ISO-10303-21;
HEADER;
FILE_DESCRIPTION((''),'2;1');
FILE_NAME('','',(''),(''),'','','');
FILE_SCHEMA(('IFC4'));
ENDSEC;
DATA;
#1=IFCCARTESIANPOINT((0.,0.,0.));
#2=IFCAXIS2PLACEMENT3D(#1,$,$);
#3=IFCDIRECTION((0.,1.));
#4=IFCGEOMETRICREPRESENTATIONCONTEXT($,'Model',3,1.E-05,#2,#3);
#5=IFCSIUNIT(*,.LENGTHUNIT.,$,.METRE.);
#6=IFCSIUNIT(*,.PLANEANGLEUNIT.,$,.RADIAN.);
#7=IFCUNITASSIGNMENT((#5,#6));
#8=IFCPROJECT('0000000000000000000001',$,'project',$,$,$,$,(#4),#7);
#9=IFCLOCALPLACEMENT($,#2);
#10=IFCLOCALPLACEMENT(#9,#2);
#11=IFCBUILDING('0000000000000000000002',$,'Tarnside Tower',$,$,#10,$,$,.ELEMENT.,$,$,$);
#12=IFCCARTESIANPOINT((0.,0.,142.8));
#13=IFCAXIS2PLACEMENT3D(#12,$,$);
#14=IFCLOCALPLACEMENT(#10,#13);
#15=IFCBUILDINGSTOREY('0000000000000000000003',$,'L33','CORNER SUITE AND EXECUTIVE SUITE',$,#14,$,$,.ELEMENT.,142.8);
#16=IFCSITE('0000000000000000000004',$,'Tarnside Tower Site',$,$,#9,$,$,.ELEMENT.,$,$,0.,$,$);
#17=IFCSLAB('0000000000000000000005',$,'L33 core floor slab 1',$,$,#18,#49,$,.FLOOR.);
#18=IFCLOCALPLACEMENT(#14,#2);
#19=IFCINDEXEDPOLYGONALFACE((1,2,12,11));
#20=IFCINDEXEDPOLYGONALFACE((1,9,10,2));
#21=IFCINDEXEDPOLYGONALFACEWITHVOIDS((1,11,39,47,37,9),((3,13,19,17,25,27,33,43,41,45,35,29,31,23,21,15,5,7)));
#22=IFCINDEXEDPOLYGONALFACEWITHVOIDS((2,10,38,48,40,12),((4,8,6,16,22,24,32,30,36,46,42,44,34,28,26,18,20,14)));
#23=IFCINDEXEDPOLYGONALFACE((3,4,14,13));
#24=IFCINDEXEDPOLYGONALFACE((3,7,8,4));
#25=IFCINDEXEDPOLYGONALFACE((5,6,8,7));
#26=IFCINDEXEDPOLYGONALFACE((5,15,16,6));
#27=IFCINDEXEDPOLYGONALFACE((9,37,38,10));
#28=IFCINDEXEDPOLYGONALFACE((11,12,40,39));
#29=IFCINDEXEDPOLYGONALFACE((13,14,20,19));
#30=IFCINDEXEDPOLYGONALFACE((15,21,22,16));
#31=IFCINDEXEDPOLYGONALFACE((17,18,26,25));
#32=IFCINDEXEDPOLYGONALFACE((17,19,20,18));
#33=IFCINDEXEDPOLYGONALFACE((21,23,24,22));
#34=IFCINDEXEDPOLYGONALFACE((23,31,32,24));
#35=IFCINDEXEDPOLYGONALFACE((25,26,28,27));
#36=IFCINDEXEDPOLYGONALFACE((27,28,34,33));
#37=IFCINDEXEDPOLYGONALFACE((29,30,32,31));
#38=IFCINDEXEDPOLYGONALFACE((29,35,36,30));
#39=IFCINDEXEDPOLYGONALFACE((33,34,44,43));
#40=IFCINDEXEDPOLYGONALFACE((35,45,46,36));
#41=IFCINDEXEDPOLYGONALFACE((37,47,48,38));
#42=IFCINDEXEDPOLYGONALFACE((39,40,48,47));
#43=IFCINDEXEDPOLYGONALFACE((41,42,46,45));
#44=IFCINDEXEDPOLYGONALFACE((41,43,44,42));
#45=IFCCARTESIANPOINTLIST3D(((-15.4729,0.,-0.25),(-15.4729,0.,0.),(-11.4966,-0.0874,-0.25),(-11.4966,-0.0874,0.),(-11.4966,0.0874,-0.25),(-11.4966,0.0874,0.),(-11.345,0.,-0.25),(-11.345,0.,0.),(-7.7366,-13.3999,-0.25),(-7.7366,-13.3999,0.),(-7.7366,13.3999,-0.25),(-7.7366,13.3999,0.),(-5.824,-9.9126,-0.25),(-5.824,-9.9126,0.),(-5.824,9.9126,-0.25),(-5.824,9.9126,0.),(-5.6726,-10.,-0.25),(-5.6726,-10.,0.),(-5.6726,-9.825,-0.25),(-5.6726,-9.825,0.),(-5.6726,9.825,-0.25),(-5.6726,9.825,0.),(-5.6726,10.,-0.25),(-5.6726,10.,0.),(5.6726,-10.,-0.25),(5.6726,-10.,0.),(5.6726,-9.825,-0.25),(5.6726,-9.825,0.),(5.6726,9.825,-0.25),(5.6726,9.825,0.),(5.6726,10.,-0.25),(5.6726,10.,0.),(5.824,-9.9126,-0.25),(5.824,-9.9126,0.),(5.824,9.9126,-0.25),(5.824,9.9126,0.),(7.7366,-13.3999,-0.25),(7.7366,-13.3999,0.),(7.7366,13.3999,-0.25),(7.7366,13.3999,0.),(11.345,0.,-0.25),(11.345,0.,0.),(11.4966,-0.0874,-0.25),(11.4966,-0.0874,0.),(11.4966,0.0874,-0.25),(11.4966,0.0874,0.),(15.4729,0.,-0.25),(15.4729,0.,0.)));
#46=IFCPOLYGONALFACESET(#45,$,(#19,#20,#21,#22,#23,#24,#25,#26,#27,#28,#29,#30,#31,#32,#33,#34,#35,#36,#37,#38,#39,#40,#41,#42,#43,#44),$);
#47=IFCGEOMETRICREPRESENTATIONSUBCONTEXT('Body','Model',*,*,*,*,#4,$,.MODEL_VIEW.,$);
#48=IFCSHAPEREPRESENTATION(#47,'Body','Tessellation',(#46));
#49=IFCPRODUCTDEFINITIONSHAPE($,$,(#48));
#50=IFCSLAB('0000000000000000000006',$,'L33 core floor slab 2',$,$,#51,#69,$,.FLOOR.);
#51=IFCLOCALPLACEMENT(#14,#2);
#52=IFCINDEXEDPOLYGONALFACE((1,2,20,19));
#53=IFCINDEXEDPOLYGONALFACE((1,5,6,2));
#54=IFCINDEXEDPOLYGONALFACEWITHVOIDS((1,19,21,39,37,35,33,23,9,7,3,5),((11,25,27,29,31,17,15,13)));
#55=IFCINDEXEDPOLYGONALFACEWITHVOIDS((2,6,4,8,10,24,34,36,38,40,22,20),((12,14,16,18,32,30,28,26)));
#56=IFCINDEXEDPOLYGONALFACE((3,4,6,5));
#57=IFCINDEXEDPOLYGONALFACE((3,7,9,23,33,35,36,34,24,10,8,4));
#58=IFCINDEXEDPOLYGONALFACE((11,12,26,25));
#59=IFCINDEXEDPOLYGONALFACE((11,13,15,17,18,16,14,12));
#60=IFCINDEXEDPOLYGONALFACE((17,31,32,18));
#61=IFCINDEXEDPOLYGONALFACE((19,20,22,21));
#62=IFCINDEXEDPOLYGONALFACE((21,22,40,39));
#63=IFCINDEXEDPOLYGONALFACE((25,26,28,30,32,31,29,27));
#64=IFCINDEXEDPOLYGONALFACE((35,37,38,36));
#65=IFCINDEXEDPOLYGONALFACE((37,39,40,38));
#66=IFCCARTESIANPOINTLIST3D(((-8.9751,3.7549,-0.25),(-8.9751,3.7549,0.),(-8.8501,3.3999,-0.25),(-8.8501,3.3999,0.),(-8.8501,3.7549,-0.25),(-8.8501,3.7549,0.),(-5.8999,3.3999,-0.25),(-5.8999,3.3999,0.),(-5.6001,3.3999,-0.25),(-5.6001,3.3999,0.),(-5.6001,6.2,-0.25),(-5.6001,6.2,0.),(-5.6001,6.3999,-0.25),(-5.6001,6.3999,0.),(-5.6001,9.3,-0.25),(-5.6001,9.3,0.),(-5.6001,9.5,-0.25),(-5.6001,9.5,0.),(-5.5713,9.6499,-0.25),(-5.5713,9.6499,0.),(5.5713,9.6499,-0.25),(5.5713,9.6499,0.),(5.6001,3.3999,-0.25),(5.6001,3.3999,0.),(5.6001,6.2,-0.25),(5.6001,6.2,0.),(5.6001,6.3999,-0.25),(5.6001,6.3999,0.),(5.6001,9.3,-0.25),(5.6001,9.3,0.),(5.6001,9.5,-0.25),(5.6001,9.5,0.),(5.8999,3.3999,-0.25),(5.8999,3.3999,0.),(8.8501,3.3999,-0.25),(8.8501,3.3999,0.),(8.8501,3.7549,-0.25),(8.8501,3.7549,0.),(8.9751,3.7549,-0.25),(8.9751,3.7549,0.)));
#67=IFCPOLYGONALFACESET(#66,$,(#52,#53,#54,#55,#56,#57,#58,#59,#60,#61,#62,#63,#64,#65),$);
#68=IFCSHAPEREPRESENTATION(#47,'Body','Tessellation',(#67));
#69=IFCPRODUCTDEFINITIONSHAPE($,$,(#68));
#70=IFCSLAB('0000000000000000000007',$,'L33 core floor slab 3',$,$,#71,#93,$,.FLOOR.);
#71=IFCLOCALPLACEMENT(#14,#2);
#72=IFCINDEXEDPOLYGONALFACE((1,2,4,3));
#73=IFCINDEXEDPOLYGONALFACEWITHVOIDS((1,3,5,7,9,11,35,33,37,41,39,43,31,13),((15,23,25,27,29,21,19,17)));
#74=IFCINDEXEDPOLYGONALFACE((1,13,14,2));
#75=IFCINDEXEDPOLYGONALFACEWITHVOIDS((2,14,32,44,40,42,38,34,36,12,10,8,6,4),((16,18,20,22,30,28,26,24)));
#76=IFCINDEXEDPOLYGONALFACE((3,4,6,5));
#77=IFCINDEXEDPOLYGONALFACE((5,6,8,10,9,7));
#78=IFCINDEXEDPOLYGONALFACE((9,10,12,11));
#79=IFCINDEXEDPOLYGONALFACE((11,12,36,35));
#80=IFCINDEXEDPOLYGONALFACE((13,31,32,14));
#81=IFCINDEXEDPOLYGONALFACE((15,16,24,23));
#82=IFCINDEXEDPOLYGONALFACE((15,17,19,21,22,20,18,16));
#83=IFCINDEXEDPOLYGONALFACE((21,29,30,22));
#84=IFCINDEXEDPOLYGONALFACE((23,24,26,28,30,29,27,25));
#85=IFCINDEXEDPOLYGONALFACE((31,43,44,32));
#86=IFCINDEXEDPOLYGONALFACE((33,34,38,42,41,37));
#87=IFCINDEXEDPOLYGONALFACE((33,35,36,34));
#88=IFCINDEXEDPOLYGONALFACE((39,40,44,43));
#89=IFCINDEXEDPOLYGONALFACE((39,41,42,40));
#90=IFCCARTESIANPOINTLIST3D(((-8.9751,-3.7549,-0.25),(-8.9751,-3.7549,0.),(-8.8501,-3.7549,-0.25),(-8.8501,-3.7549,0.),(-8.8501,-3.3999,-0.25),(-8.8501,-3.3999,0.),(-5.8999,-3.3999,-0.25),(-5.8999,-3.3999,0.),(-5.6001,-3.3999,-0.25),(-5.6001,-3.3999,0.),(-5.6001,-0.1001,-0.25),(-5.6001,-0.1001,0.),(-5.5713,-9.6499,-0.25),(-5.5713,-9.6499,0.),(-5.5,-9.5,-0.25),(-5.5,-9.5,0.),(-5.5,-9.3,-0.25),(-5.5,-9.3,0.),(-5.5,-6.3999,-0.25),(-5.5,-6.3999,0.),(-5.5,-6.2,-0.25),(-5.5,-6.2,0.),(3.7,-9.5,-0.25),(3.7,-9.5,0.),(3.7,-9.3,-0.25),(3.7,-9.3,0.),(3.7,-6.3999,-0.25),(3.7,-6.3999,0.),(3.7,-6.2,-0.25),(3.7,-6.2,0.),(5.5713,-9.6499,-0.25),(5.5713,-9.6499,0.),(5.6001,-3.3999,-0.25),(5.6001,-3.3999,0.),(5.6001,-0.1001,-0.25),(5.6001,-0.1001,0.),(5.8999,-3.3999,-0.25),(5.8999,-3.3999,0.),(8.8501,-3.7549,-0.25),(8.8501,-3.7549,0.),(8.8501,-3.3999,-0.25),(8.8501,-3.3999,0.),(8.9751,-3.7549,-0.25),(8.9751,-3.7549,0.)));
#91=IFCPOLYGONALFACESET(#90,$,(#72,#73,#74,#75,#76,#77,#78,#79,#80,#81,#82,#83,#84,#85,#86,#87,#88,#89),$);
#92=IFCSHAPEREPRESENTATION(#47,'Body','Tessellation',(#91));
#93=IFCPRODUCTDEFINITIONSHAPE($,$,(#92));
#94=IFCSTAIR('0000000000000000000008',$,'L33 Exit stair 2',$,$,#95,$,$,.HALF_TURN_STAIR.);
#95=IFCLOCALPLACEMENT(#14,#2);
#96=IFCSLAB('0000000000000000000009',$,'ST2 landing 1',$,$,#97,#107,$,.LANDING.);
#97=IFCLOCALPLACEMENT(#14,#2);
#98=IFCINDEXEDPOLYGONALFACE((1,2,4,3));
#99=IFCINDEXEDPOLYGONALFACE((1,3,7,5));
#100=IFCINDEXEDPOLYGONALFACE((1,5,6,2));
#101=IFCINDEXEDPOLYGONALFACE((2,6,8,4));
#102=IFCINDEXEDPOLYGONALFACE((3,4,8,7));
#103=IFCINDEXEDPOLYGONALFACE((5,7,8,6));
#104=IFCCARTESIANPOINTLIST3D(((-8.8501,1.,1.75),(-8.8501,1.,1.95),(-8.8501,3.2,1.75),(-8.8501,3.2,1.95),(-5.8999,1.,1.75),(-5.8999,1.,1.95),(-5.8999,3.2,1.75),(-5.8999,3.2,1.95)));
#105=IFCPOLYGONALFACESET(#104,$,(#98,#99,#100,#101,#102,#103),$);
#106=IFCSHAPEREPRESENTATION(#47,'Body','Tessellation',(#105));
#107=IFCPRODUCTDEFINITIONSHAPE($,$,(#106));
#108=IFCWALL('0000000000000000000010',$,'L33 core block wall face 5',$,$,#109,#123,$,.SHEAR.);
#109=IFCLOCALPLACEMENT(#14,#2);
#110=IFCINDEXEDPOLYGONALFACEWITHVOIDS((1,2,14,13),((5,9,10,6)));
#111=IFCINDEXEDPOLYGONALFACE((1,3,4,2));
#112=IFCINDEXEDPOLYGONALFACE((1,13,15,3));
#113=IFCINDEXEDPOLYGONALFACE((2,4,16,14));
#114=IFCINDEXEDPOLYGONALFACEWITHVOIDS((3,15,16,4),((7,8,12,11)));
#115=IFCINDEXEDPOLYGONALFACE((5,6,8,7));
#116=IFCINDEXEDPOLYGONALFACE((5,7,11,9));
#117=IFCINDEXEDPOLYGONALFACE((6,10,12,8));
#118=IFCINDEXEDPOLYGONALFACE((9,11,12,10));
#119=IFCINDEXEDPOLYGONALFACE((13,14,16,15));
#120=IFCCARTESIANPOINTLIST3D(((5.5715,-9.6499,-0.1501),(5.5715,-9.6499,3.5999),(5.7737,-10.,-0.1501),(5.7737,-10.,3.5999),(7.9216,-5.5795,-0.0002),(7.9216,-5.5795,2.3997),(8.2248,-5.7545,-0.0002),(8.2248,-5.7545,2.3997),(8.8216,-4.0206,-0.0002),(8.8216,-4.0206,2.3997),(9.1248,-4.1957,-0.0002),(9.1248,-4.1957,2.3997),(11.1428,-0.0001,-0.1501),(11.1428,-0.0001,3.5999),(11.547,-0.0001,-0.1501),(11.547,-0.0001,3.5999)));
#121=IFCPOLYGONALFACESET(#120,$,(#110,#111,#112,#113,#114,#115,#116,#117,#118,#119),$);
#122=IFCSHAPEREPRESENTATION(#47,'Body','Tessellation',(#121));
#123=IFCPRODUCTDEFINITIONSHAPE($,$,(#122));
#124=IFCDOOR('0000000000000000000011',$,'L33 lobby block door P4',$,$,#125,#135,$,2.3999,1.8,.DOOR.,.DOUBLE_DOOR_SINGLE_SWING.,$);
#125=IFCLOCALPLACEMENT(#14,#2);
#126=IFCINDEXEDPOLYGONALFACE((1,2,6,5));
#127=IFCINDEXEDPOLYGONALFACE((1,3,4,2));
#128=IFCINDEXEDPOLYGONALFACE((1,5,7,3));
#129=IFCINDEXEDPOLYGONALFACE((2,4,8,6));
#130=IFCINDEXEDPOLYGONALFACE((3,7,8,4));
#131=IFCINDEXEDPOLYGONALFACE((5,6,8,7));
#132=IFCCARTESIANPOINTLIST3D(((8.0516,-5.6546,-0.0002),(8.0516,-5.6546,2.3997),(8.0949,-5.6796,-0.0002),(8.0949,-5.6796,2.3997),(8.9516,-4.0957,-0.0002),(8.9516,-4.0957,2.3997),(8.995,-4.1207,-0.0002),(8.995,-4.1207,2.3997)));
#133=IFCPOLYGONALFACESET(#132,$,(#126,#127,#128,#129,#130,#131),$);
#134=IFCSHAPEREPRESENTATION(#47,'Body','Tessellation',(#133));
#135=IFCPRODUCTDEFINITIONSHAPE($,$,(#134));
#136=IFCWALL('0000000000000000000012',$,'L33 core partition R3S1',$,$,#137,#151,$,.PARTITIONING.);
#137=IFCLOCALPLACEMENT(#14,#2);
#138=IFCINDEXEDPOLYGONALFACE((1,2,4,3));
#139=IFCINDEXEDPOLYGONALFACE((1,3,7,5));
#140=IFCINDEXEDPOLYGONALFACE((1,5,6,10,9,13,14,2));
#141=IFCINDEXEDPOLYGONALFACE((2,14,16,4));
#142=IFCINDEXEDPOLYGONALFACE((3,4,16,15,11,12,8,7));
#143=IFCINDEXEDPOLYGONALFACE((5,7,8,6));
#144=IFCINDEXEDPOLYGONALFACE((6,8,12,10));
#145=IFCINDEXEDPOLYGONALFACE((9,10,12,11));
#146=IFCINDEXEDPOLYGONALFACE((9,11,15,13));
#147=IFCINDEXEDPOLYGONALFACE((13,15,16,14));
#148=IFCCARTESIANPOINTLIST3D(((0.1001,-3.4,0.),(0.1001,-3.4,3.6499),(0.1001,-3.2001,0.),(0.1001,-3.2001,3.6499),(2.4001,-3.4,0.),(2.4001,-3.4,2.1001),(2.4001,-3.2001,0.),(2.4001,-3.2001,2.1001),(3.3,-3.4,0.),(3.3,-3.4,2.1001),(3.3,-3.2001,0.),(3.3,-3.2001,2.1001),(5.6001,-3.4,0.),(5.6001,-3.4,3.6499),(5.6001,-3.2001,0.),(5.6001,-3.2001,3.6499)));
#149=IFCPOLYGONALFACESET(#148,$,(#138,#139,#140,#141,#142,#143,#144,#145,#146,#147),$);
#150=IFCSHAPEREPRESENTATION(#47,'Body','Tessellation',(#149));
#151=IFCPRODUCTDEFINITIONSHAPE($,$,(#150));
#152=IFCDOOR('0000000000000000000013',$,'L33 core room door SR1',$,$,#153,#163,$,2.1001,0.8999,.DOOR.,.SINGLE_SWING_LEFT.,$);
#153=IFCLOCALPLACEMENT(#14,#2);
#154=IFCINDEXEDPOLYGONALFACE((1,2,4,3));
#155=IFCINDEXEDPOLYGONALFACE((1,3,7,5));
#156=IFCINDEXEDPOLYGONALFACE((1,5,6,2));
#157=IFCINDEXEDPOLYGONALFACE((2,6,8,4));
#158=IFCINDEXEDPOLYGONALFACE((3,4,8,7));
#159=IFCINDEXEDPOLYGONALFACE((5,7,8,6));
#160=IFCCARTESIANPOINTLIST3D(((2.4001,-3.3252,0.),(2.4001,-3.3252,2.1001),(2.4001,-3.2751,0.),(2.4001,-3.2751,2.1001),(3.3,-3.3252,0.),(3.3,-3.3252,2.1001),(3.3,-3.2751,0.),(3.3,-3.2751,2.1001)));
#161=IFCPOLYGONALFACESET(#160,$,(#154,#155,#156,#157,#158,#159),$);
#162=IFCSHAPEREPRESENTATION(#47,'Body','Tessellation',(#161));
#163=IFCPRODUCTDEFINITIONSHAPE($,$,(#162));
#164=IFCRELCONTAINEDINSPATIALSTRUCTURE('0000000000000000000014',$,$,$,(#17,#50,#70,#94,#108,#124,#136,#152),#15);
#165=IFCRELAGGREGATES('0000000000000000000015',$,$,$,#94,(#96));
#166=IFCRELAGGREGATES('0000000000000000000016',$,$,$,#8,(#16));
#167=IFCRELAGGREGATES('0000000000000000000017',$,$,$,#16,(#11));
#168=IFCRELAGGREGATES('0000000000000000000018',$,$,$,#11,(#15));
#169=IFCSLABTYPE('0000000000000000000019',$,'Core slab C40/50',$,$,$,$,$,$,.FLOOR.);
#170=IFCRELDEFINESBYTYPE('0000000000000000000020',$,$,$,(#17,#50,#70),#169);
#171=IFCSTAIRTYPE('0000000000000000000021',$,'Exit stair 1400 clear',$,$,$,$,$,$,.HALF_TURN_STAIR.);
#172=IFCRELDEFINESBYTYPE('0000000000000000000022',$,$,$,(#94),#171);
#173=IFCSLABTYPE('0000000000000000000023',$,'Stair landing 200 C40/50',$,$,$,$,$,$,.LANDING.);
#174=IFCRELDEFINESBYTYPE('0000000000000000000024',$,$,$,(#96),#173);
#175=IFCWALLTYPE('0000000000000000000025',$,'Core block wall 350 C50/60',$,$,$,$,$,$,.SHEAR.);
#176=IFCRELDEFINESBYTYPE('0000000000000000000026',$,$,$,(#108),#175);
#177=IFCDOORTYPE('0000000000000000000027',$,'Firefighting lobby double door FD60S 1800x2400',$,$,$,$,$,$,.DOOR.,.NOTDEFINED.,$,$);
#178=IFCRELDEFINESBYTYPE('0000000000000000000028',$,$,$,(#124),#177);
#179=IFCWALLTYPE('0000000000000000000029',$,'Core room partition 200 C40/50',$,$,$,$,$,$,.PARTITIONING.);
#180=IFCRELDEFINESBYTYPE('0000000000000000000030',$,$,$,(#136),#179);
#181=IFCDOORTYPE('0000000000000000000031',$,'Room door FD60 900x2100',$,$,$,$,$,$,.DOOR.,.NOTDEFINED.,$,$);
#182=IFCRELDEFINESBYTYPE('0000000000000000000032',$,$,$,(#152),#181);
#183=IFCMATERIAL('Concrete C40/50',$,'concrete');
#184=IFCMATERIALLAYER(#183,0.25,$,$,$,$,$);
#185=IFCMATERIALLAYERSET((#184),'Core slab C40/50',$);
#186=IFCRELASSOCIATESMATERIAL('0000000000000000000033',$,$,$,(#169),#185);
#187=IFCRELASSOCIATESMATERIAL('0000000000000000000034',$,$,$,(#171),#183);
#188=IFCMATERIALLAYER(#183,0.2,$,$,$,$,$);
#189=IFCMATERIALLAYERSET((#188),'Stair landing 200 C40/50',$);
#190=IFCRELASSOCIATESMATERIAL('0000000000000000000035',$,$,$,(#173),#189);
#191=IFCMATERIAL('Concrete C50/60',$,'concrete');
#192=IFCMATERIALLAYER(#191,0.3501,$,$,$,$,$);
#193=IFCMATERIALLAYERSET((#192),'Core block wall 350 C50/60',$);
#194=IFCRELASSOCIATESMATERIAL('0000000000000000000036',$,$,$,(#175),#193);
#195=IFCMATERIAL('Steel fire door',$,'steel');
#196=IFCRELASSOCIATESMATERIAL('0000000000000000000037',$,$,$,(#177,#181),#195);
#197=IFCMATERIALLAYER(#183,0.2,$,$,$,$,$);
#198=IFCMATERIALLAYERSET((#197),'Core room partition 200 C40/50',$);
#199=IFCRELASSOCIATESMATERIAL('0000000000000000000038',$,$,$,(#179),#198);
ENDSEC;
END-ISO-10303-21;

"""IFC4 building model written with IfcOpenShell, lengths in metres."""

from ifc_helpers import new_model, si_unit, direction, frame, frame_2d, origin, place, context, subcontext, project, spatial, polyline, rectangle, outline, extrude, material, layer, layer_set, type_object, element, fill, aggregate, save


model = new_model("IFC4")

# Units and contexts
model_context = context("Model", 3, precision=1e-05, world=origin(), true_north=direction((0.0, 1.0)))
body_context = subcontext(model_context, "Body", "Model", "MODEL_VIEW")
ifc_project = project(units=[si_unit("LENGTHUNIT", "METRE"), si_unit("PLANEANGLEUNIT", "RADIAN")], contexts=[model_context])

# Site, building, storey
site_placement = place(None, origin())
site = spatial("IfcSite", under=ifc_project, at=site_placement, Name="Tarnside Tower Site", CompositionType="ELEMENT", RefElevation=0.0)
building_placement = place(site_placement, origin())
building = spatial("IfcBuilding", under=site, at=building_placement, Name="Tarnside Tower", CompositionType="ELEMENT")
storey_placement = place(building_placement, frame((0.0, 0.0, 142.8)))
storey = spatial("IfcBuildingStorey", under=building, at=storey_placement, Name="L33", Description="CORNER SUITE AND EXECUTIVE SUITE", CompositionType="ELEMENT", Elevation=142.8)

# Slabs
ifc_material_1 = material(Name="Concrete C40/50", Category="concrete")
ifc_layer_1 = layer(ifc_material_1, 0.25)
ifc_layer_set_1 = layer_set([ifc_layer_1], Name="Core slab C40/50")
slab_type_1 = type_object("IfcSlabType", Name="Core slab C40/50", PredefinedType="FLOOR", material=ifc_layer_set_1)
slab_1_placement = place(storey_placement, frame((0.0, 0.0, -0.25)))
element("IfcSlab", 1, at=slab_1_placement, inside=storey, type_object=slab_type_1, Name="L33 core floor slab 1", PredefinedType="FLOOR", context=body_context, shape_type="SweptSolid", body=[
    extrude(outline(polyline([(-15.4729, 0.0), (-7.7366, 13.3999), (7.7366, 13.3999), (15.4729, 0.0), (7.7366, -13.3999), (-7.7366, -13.3999), (-15.4729, 0.0)]), holes=[polyline([(5.824, -9.9126), (11.4966, -0.0874), (11.345, 0.0), (11.4966, 0.0874), (5.824, 9.9126), (5.6726, 9.825), (5.6726, 10.0), (-5.6726, 10.0), (-5.6726, 9.825), (-5.824, 9.9126), (-11.4966, 0.0874), (-11.345, 0.0), (-11.4966, -0.0874), (-5.824, -9.9126), (-5.6726, -9.825), (-5.6726, -10.0), (5.6726, -10.0), (5.6726, -9.825), (5.824, -9.9126)])]), origin(), (0.0, 0.0, 1.0), 0.25),
])
slab_2_placement = place(storey_placement, frame((0.0, 0.0, -0.25)))
element("IfcSlab", 2, at=slab_2_placement, inside=storey, type_object=slab_type_1, Name="L33 core floor slab 2", PredefinedType="FLOOR", context=body_context, shape_type="SweptSolid", body=[
    extrude(outline(polyline([(-8.9751, 3.7549), (-5.5713, 9.6499), (5.5713, 9.6499), (8.9751, 3.7549), (8.8501, 3.7549), (8.8501, 3.3999), (5.8999, 3.3999), (5.6001, 3.3999), (5.6001, 3.3999), (-5.6001, 3.3999), (-5.8999, 3.3999), (-8.8501, 3.3999), (-8.8501, 3.7549), (-8.9751, 3.7549)]), holes=[polyline([(-5.6001, 6.2), (5.6001, 6.2), (5.6001, 6.3999), (5.6001, 9.3), (5.6001, 9.5), (-5.6001, 9.5), (-5.6001, 9.3), (-5.6001, 6.3999), (-5.6001, 6.2)])]), origin(), (0.0, 0.0, 1.0), 0.25),
])
slab_3_placement = place(storey_placement, frame((0.0, 0.0, -0.25)))
element("IfcSlab", 3, at=slab_3_placement, inside=storey, type_object=slab_type_1, Name="L33 core floor slab 3", PredefinedType="FLOOR", context=body_context, shape_type="SweptSolid", body=[
    extrude(outline(polyline([(5.6001, -3.3999), (5.8999, -3.3999), (8.8501, -3.3999), (8.8501, -3.7549), (8.9751, -3.7549), (5.5713, -9.6499), (-5.5713, -9.6499), (-8.9751, -3.7549), (-8.8501, -3.7549), (-8.8501, -3.3999), (-5.8999, -3.3999), (-5.6001, -3.3999), (-5.6001, -0.1001), (5.6001, -0.1001), (5.6001, -3.3999)]), holes=[polyline([(-5.5, -9.3), (-5.5, -9.5), (3.7, -9.5), (3.7, -9.3), (3.7, -6.3999), (3.7, -6.2), (-5.5, -6.2), (-5.5, -6.3999), (-5.5, -9.3)])]), origin(), (0.0, 0.0, 1.0), 0.25),
])

# Stair, slab
stair_type = type_object("IfcStairType", Name="Exit stair 1400 clear", PredefinedType="HALF_TURN_STAIR", material=ifc_material_1)
stair_1_placement = place(storey_placement, origin())
stair_1 = element("IfcStair", 4, at=stair_1_placement, inside=storey, type_object=stair_type, Name="L33 Exit stair 2", PredefinedType="HALF_TURN_STAIR")
ifc_layer_2 = layer(ifc_material_1, 0.2)
ifc_layer_set_2 = layer_set([ifc_layer_2], Name="Stair landing 200 C40/50")
slab_type_2 = type_object("IfcSlabType", Name="Stair landing 200 C40/50", PredefinedType="LANDING", material=ifc_layer_set_2)
slab_4_placement = place(storey_placement, frame((0.0, 0.0, 1.75)))
slab_4 = element("IfcSlab", 5, at=slab_4_placement, type_object=slab_type_2, Name="ST2 landing 1", PredefinedType="LANDING", context=body_context, shape_type="SweptSolid", body=[
    extrude(outline(polyline([(-5.8999, 1.0), (-5.8999, 3.2), (-8.8501, 3.2), (-8.8501, 1.0), (-5.8999, 1.0)])), origin(), (0.0, 0.0, 1.0), 0.2),
])
aggregate(stair_1, [slab_4])

# Walls, openings, doors
ifc_material_2 = material(Name="Concrete C50/60", Category="concrete")
ifc_layer_3 = layer(ifc_material_2, 0.3501)
ifc_layer_set_3 = layer_set([ifc_layer_3], Name="Core block wall 350 C50/60")
wall_type_1 = type_object("IfcWallType", Name="Core block wall 350 C50/60", PredefinedType="SHEAR", material=ifc_layer_set_3)
wall_1_placement = place(storey_placement, frame((5.6726, -9.825, -0.1501), z_axis=(0.0, 0.0, 1.0), x_axis=(0.499995, 0.866028, 0.0)))
wall_1 = element("IfcWall", 6, at=wall_1_placement, inside=storey, type_object=wall_type_1, Name="L33 core block wall face 5", PredefinedType="SHEAR", context=body_context, shape_type="SweptSolid", body=[
    extrude(outline(polyline([(-0.1011, -0.175), (11.4458, -0.175), (11.2437, 0.175), (0.1011, 0.175), (-0.1011, -0.175)])), origin(), (0.0, 0.0, 1.0), 3.75),
])
opening_1_placement = place(wall_1_placement, frame((4.8013, 0.0, 0.1499)))
opening_1 = element("IfcOpeningElement", 7, at=opening_1_placement, cuts=wall_1, PredefinedType="OPENING", context=body_context, shape_type="SweptSolid", body=[
    extrude(rectangle(XDim=1.8, YDim=2.3999, at=frame_2d((0.8999, 1.2))), frame((0.0, 0.1851, 0.0), z_axis=(0.0, -1.0, 0.0), x_axis=(1.0, 0.0, 0.0)), (0.0, 0.0, 1.0), 0.3701),
])
ifc_material_3 = material(Name="Steel fire door", Category="steel")
door_type_1 = type_object("IfcDoorType", Name="Firefighting lobby double door FD60S 1800x2400", OperationType="NOTDEFINED", PredefinedType="DOOR", material=ifc_material_3)
door_1_placement = place(opening_1_placement, origin())
door_1 = element("IfcDoor", 8, at=door_1_placement, inside=storey, type_object=door_type_1, Name="L33 lobby block door P4", OperationType="DOUBLE_DOOR_SINGLE_SWING", OverallHeight=2.3999, OverallWidth=1.8, PredefinedType="DOOR", context=body_context, shape_type="SweptSolid", body=[
    extrude(rectangle(XDim=1.8, YDim=2.3999, at=frame_2d((0.8999, 1.2))), frame((0.0, 0.0249, 0.0), z_axis=(0.0, -1.0, 0.0), x_axis=(1.0, 0.0, 0.0)), (0.0, 0.0, 1.0), 0.05),
])
fill(opening_1, door_1)
ifc_layer_4 = layer(ifc_material_1, 0.2)
ifc_layer_set_4 = layer_set([ifc_layer_4], Name="Core room partition 200 C40/50")
wall_type_2 = type_object("IfcWallType", Name="Core room partition 200 C40/50", PredefinedType="PARTITIONING", material=ifc_layer_set_4)
wall_2_placement = place(storey_placement, frame((0.1001, -3.3, 0.0), z_axis=(0.0, 0.0, 1.0), x_axis=(1.0, 0.0, 0.0)))
wall_2 = element("IfcWall", 9, at=wall_2_placement, inside=storey, type_object=wall_type_2, Name="L33 core partition R3S1", PredefinedType="PARTITIONING", context=body_context, shape_type="SweptSolid", body=[
    extrude(rectangle(XDim=5.5, YDim=0.2, at=frame_2d((2.75, 0.0))), origin(), (0.0, 0.0, 1.0), 3.6499),
])
opening_2_placement = place(wall_2_placement, frame((2.3, 0.0, 0.0)))
opening_2 = element("IfcOpeningElement", 10, at=opening_2_placement, cuts=wall_2, PredefinedType="OPENING", context=body_context, shape_type="SweptSolid", body=[
    extrude(rectangle(XDim=0.8999, YDim=2.1001, at=frame_2d((0.45, 1.05))), frame((0.0, 0.1099, 0.0), z_axis=(0.0, -1.0, 0.0), x_axis=(1.0, 0.0, 0.0)), (0.0, 0.0, 1.0), 0.22),
])
door_type_2 = type_object("IfcDoorType", Name="Room door FD60 900x2100", OperationType="NOTDEFINED", PredefinedType="DOOR", material=ifc_material_3)
door_2_placement = place(opening_2_placement, origin())
door_2 = element("IfcDoor", 11, at=door_2_placement, inside=storey, type_object=door_type_2, Name="L33 core room door SR1", OperationType="SINGLE_SWING_LEFT", OverallHeight=2.1001, OverallWidth=0.8999, PredefinedType="DOOR", context=body_context, shape_type="SweptSolid", body=[
    extrude(rectangle(XDim=0.8999, YDim=2.1001, at=frame_2d((0.45, 1.05))), frame((0.0, 0.0249, 0.0), z_axis=(0.0, -1.0, 0.0), x_axis=(1.0, 0.0, 0.0)), (0.0, 0.0, 1.0), 0.05),
])
fill(opening_2, door_2)

save(model, "model.ifc")
